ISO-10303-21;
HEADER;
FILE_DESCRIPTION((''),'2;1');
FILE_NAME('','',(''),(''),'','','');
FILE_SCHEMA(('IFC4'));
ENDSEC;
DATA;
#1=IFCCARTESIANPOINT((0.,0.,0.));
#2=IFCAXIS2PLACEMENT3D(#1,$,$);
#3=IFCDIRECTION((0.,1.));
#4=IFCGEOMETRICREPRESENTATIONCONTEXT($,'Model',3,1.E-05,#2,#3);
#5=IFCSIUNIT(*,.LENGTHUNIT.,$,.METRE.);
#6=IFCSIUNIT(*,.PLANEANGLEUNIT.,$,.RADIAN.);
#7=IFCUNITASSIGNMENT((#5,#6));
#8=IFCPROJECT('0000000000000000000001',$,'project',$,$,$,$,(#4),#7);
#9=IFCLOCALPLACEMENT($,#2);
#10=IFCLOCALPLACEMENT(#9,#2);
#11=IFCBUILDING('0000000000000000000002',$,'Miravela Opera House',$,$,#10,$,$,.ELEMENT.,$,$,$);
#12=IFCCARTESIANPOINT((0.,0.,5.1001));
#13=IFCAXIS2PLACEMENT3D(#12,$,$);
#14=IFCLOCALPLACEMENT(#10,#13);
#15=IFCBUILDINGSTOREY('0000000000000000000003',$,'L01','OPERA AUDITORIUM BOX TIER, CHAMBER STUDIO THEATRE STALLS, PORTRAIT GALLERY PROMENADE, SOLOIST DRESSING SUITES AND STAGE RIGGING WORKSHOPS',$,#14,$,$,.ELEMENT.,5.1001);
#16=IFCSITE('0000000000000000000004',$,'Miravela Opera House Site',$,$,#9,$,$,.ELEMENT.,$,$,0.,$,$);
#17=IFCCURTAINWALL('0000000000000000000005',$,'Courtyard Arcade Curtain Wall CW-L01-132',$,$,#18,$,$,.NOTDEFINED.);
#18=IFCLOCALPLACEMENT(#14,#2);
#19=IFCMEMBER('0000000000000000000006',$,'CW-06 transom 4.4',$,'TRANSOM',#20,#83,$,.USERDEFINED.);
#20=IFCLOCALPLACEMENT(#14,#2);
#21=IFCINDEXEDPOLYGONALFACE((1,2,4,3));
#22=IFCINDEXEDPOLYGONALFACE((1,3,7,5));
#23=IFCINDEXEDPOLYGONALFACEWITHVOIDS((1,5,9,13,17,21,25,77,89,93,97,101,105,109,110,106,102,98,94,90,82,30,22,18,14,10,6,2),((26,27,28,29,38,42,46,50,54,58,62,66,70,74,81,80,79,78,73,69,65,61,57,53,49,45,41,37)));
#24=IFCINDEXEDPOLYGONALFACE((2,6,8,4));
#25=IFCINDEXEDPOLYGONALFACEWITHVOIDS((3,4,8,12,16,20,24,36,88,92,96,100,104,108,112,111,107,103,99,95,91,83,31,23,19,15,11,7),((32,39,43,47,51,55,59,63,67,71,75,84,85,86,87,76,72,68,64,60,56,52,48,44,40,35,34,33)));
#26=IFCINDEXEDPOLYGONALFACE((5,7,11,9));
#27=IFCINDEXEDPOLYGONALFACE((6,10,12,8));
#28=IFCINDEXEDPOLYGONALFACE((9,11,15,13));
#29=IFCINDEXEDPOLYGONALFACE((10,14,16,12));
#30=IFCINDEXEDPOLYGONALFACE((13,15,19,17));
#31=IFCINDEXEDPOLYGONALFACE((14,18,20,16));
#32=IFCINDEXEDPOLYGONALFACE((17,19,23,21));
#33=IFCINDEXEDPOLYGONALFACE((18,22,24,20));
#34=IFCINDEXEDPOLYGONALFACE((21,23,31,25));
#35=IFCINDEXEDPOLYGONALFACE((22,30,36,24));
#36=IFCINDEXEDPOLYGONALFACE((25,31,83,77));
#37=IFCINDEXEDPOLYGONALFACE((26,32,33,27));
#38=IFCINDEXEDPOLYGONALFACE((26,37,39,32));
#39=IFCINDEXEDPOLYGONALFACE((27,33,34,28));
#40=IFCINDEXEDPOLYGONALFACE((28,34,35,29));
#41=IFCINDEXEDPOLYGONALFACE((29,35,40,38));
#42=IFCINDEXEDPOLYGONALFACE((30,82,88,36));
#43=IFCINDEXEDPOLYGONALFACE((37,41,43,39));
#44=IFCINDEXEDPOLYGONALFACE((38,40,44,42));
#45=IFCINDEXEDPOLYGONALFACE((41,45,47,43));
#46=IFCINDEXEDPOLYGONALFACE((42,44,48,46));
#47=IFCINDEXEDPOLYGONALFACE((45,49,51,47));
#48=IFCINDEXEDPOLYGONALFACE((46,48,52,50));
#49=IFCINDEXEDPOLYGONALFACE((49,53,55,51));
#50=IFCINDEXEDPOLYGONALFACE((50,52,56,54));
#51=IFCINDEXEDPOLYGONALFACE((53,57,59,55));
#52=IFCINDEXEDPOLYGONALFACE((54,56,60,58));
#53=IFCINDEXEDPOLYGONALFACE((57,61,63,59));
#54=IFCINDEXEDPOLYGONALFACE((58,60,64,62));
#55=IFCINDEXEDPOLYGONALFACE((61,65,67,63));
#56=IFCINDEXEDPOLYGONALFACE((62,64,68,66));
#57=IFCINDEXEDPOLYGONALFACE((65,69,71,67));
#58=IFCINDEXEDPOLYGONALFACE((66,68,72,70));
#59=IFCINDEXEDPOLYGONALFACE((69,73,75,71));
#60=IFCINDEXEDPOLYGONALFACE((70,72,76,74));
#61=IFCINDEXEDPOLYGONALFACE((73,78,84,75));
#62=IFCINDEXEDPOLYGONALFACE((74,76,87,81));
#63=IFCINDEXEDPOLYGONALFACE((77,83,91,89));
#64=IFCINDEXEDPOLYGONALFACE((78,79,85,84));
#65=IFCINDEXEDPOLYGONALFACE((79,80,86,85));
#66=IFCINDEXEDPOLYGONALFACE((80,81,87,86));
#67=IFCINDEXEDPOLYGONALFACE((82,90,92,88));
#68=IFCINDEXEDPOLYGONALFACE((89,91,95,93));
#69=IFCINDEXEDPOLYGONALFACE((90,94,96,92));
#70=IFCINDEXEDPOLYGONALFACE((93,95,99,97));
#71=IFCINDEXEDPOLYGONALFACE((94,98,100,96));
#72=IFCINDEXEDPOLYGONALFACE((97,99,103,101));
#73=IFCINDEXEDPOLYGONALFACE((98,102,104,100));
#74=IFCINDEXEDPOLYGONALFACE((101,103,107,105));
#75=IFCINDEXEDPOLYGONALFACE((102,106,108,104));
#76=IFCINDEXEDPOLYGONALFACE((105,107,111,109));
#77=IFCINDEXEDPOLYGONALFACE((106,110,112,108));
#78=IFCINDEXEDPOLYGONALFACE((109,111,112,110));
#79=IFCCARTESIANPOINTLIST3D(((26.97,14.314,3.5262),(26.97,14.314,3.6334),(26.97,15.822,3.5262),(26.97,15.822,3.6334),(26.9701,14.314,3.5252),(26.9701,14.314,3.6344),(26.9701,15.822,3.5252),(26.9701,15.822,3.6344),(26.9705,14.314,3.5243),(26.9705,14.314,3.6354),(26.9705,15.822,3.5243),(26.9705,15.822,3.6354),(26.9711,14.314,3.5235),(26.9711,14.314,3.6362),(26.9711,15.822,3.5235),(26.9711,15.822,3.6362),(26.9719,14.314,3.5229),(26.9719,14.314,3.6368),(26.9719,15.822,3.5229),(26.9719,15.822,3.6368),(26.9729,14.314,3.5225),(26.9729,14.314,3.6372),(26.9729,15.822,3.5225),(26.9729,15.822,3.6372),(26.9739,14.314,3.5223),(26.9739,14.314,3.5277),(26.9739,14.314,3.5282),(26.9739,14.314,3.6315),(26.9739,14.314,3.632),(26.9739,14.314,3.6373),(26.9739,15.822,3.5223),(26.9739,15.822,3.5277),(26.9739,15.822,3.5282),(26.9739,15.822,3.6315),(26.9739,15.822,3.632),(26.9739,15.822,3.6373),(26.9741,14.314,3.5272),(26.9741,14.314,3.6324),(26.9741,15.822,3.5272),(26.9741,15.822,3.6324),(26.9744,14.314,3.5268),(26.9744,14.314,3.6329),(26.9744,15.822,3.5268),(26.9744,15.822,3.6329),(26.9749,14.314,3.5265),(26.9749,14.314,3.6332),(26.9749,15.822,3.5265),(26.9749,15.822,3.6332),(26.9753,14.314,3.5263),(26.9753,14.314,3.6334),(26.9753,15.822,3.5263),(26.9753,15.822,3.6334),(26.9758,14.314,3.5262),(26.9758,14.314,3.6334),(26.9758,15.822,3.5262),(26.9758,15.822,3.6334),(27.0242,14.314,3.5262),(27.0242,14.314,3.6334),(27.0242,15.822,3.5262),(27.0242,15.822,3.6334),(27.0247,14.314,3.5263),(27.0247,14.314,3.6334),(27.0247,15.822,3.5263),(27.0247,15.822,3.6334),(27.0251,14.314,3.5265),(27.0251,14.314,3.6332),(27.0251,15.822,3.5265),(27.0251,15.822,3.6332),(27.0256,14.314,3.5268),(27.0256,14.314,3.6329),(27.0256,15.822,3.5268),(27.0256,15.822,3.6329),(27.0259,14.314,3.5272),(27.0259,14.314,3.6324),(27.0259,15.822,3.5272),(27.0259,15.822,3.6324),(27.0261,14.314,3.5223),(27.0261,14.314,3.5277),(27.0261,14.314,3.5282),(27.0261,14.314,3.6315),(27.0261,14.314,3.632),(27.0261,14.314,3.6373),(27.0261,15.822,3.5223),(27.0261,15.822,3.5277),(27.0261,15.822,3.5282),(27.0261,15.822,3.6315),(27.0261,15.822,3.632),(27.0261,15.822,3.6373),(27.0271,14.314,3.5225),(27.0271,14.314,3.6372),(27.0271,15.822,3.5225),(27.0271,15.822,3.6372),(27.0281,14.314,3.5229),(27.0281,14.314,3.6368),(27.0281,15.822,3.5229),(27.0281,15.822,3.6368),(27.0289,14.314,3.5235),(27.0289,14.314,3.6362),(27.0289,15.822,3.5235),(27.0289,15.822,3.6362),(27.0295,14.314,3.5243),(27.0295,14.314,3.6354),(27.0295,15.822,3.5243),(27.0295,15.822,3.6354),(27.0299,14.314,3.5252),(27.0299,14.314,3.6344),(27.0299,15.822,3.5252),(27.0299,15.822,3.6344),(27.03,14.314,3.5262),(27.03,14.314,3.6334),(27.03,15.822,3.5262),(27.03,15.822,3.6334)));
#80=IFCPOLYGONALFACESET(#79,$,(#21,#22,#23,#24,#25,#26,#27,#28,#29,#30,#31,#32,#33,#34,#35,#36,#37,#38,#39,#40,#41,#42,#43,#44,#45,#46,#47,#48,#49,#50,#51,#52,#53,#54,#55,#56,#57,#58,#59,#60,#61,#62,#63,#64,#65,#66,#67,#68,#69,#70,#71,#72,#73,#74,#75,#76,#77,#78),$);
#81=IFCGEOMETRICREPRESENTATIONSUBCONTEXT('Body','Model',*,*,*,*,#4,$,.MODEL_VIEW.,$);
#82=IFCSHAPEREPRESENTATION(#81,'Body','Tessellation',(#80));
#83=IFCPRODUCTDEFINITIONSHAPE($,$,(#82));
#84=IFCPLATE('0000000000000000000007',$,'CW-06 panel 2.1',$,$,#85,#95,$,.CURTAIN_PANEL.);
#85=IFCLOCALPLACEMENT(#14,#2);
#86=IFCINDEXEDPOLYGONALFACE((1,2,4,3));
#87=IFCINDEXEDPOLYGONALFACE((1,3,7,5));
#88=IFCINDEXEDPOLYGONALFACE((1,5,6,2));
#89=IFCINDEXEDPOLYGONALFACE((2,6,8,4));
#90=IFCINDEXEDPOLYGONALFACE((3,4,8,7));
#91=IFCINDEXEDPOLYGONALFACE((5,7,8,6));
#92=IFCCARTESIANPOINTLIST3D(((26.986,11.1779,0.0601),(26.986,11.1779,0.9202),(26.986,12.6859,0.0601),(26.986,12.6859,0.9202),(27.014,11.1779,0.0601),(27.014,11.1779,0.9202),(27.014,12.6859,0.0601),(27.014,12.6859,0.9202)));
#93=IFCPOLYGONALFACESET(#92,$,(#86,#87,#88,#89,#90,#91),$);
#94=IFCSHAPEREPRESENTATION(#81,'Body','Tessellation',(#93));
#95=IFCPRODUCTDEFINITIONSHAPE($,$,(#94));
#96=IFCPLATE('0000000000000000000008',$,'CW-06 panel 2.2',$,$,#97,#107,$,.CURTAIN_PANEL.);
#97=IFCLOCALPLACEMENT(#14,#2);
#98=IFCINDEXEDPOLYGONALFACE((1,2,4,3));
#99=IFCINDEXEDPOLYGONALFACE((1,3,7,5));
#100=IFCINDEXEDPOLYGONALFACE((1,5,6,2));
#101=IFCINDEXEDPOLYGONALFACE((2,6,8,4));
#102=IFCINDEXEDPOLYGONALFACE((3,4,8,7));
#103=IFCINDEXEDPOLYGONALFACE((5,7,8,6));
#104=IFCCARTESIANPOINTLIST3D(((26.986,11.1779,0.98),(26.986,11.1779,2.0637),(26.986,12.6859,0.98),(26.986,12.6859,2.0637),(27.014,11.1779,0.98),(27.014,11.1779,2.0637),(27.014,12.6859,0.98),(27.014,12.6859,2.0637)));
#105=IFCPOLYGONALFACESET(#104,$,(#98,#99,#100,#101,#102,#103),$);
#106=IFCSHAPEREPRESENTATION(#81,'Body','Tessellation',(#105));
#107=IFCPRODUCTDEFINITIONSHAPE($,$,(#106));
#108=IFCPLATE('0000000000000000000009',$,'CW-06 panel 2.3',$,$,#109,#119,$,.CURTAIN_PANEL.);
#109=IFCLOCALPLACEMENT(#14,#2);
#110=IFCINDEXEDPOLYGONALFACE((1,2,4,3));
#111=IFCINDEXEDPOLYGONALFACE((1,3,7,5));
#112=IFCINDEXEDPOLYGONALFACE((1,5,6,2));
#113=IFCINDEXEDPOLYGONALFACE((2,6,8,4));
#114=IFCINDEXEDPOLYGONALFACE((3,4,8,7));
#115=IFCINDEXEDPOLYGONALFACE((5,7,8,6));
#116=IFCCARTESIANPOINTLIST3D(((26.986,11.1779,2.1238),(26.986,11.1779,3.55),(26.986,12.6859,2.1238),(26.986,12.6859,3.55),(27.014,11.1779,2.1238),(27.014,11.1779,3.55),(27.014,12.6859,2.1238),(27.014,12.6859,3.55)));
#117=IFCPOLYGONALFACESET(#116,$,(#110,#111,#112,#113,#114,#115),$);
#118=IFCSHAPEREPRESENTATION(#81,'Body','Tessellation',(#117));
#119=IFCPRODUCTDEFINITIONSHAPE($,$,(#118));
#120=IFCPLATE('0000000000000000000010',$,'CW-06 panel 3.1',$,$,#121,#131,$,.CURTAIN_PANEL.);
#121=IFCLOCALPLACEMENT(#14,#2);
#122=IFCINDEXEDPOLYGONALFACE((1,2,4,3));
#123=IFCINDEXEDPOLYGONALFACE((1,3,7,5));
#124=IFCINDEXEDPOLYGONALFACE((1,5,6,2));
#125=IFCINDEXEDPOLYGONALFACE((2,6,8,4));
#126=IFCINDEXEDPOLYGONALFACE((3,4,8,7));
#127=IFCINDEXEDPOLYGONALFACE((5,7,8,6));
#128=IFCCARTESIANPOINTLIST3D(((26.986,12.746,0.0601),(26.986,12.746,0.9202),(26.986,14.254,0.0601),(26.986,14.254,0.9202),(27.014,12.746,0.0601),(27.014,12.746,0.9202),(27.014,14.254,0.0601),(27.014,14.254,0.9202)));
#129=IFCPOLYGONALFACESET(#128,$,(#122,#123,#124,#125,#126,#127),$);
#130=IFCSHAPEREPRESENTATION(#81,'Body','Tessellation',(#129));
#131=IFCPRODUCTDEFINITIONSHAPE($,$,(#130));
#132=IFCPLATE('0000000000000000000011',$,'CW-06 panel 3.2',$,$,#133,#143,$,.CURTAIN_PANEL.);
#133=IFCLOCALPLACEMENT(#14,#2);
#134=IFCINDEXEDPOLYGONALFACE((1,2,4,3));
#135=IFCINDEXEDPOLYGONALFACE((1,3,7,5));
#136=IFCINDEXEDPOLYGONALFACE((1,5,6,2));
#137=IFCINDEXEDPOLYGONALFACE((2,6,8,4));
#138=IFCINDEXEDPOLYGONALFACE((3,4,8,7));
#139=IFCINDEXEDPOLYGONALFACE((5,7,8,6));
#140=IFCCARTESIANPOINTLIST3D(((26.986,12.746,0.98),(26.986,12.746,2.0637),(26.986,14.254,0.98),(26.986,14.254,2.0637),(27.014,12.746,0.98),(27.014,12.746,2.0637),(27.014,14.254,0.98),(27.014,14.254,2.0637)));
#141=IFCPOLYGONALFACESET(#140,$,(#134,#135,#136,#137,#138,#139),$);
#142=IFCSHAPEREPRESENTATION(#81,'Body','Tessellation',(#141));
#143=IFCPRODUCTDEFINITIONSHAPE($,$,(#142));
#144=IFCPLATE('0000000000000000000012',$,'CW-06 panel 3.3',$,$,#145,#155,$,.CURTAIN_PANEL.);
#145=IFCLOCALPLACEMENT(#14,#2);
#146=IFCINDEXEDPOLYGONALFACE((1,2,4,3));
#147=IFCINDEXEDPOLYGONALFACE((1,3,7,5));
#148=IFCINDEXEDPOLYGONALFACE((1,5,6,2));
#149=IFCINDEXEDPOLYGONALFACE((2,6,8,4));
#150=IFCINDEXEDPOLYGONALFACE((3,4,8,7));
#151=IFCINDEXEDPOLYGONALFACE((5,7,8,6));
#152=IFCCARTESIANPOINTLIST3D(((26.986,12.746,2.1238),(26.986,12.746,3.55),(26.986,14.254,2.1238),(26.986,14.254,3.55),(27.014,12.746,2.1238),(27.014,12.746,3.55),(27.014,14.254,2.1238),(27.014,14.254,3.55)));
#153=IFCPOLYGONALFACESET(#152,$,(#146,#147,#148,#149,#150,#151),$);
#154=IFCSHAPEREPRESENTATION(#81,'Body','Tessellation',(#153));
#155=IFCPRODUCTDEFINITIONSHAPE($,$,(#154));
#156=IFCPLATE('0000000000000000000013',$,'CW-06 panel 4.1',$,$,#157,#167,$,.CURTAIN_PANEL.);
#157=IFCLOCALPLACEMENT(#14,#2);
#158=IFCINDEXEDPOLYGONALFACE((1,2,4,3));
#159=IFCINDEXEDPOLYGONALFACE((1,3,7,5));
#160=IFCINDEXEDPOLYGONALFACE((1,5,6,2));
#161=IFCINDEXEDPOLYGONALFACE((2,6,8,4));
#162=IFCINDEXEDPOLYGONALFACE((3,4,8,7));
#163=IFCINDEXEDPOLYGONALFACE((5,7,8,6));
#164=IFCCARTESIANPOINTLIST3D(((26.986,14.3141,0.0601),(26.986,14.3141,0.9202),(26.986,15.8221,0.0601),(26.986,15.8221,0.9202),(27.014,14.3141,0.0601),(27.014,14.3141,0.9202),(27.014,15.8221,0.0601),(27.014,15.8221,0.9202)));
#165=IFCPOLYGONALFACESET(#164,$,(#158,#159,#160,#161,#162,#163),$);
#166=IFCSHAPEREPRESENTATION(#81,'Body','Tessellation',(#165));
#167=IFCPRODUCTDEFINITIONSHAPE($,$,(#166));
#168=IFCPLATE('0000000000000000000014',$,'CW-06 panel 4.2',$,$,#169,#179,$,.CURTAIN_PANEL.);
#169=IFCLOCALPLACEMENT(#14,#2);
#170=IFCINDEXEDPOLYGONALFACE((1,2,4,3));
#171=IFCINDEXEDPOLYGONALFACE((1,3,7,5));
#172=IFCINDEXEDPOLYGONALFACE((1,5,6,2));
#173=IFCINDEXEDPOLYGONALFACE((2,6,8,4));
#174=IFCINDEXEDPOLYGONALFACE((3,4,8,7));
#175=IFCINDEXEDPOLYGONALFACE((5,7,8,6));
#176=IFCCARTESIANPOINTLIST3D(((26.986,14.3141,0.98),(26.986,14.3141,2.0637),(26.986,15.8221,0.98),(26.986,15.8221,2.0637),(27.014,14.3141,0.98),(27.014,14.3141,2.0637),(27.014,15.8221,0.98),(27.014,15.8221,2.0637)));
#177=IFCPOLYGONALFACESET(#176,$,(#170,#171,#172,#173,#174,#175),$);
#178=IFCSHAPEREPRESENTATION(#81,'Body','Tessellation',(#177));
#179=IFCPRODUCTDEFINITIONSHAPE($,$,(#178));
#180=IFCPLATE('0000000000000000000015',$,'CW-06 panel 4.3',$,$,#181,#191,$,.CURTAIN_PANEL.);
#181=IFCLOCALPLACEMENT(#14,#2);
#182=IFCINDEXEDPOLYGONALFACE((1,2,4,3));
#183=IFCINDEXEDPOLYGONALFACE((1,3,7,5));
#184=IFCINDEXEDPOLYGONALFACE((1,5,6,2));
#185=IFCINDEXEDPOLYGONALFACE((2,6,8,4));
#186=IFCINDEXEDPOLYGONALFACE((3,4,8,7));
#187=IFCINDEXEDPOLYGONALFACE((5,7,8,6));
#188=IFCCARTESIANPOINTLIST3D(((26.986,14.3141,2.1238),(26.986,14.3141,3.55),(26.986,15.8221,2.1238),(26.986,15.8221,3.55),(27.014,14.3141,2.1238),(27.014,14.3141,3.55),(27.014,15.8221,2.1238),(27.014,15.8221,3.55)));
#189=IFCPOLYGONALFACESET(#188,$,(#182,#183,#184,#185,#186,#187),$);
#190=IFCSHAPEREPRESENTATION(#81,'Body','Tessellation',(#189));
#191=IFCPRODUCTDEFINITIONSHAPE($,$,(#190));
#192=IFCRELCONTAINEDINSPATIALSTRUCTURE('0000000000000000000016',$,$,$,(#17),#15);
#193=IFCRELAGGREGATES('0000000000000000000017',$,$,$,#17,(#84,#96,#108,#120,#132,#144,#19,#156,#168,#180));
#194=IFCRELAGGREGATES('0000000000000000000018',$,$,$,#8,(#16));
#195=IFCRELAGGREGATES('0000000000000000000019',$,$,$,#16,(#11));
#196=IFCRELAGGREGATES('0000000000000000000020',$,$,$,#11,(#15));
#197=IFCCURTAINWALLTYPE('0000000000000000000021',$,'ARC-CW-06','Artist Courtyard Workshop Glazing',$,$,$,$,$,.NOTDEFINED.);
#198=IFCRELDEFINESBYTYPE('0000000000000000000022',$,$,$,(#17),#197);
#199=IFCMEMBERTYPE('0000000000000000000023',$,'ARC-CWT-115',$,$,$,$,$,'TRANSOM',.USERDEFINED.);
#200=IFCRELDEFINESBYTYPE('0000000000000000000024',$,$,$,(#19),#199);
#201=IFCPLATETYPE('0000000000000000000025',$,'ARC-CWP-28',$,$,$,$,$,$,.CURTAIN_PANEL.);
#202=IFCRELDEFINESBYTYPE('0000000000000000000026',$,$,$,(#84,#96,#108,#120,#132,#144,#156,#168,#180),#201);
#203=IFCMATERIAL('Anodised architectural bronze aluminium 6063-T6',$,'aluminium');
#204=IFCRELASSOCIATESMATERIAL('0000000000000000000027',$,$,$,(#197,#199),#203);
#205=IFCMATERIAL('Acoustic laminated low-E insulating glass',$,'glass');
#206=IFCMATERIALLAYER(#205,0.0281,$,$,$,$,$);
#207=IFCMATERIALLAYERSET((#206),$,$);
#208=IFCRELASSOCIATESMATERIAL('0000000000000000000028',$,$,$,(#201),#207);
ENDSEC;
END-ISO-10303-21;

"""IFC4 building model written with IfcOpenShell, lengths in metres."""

from ifc_helpers import new_model, si_unit, direction, frame, origin, origin_2d, place, context, subcontext, project, spatial, rectangle, hollow_rectangle, extrude, material, layer, layer_set, material_profile, profile_set, type_object, element, aggregate, save


model = new_model("IFC4")

# Units and contexts
model_context = context("Model", 3, precision=1e-05, world=origin(), true_north=direction((0.0, 1.0)))
body_context = subcontext(model_context, "Body", "Model", "MODEL_VIEW")
ifc_project = project(units=[si_unit("LENGTHUNIT", "METRE"), si_unit("PLANEANGLEUNIT", "RADIAN")], contexts=[model_context])

# Site, building, storey
site_placement = place(None, origin())
site = spatial("IfcSite", under=ifc_project, at=site_placement, Name="Miravela Opera House Site", CompositionType="ELEMENT", RefElevation=0.0)
building_placement = place(site_placement, origin())
building = spatial("IfcBuilding", under=site, at=building_placement, Name="Miravela Opera House", CompositionType="ELEMENT")
storey_placement = place(building_placement, frame((0.0, 0.0, 5.1001)))
storey = spatial("IfcBuildingStorey", under=building, at=storey_placement, Name="L01", Description="OPERA AUDITORIUM BOX TIER, CHAMBER STUDIO THEATRE STALLS, PORTRAIT GALLERY PROMENADE, SOLOIST DRESSING SUITES AND STAGE RIGGING WORKSHOPS", CompositionType="ELEMENT", Elevation=5.1001)

# Curtain wall, member, plates
ifc_material_1 = material(Name="Anodised architectural bronze aluminium 6063-T6", Category="aluminium")
curtain_wall_type = type_object("IfcCurtainWallType", Name="ARC-CW-06", Description="Artist Courtyard Workshop Glazing", PredefinedType="NOTDEFINED", material=ifc_material_1)
curtain_wall_placement = place(storey_placement, origin())
curtain_wall = element("IfcCurtainWall", 1, at=curtain_wall_placement, inside=storey, type_object=curtain_wall_type, Name="Courtyard Arcade Curtain Wall CW-L01-132", PredefinedType="NOTDEFINED")
ifc_material_profile_1 = material_profile(ifc_material_1, hollow_rectangle(XDim=0.0601, YDim=0.115, WallThickness=0.0039, InnerFilletRadius=0.002, OuterFilletRadius=0.0039, at=origin_2d()), Name="CWT-60X115")
ifc_profile_set_1 = profile_set([ifc_material_profile_1])
member_type_1 = type_object("IfcMemberType", Name="ARC-CWT-115", ElementType="TRANSOM", PredefinedType="USERDEFINED", material=ifc_profile_set_1)
member_1_placement = place(storey_placement, frame((27.0, 14.314, 3.5798), z_axis=(0.0, 1.0, 0.0), x_axis=(-1.0, 0.0, 0.0)))
member_1 = element("IfcMember", 2, at=member_1_placement, type_object=member_type_1, Name="CW-06 transom 4.4", ObjectType="TRANSOM", PredefinedType="USERDEFINED", context=body_context, shape_type="SweptSolid", body=[
    extrude(hollow_rectangle(XDim=0.0601, YDim=0.115, WallThickness=0.0039, InnerFilletRadius=0.002, OuterFilletRadius=0.0039, at=origin_2d()), origin(), (0.0, 0.0, 1.0), 1.5081),
])
ifc_material_2 = material(Name="Acoustic laminated low-E insulating glass", Category="glass")
ifc_layer = layer(ifc_material_2, 0.0281)
ifc_layer_set = layer_set([ifc_layer])
plate_type = type_object("IfcPlateType", Name="ARC-CWP-28", PredefinedType="CURTAIN_PANEL", material=ifc_layer_set)
plate_1_placement = place(storey_placement, frame((27.0, 11.9319, 0.0601), z_axis=(0.0, 0.0, 1.0), x_axis=(0.0, 1.0, 0.0)))
plate_1 = element("IfcPlate", 3, at=plate_1_placement, type_object=plate_type, Name="CW-06 panel 2.1", PredefinedType="CURTAIN_PANEL", context=body_context, shape_type="SweptSolid", body=[
    extrude(rectangle(XDim=1.5081, YDim=0.0281, at=origin_2d()), origin(), (0.0, 0.0, 1.0), 0.8601),
])
plate_2_placement = place(storey_placement, frame((27.0, 11.9319, 0.98), z_axis=(0.0, 0.0, 1.0), x_axis=(0.0, 1.0, 0.0)))
plate_2 = element("IfcPlate", 4, at=plate_2_placement, type_object=plate_type, Name="CW-06 panel 2.2", PredefinedType="CURTAIN_PANEL", context=body_context, shape_type="SweptSolid", body=[
    extrude(rectangle(XDim=1.5081, YDim=0.0281, at=origin_2d()), origin(), (0.0, 0.0, 1.0), 1.0837),
])
plate_3_placement = place(storey_placement, frame((27.0, 11.9319, 2.1238), z_axis=(0.0, 0.0, 1.0), x_axis=(0.0, 1.0, 0.0)))
plate_3 = element("IfcPlate", 5, at=plate_3_placement, type_object=plate_type, Name="CW-06 panel 2.3", PredefinedType="CURTAIN_PANEL", context=body_context, shape_type="SweptSolid", body=[
    extrude(rectangle(XDim=1.5081, YDim=0.0281, at=origin_2d()), origin(), (0.0, 0.0, 1.0), 1.4263),
])
plate_4_placement = place(storey_placement, frame((27.0, 13.5, 0.0601), z_axis=(0.0, 0.0, 1.0), x_axis=(0.0, 1.0, 0.0)))
plate_4 = element("IfcPlate", 6, at=plate_4_placement, type_object=plate_type, Name="CW-06 panel 3.1", PredefinedType="CURTAIN_PANEL", context=body_context, shape_type="SweptSolid", body=[
    extrude(rectangle(XDim=1.5081, YDim=0.0281, at=origin_2d()), origin(), (0.0, 0.0, 1.0), 0.8601),
])
plate_5_placement = place(storey_placement, frame((27.0, 13.5, 0.98), z_axis=(0.0, 0.0, 1.0), x_axis=(0.0, 1.0, 0.0)))
plate_5 = element("IfcPlate", 7, at=plate_5_placement, type_object=plate_type, Name="CW-06 panel 3.2", PredefinedType="CURTAIN_PANEL", context=body_context, shape_type="SweptSolid", body=[
    extrude(rectangle(XDim=1.5081, YDim=0.0281, at=origin_2d()), origin(), (0.0, 0.0, 1.0), 1.0837),
])
plate_6_placement = place(storey_placement, frame((27.0, 13.5, 2.1238), z_axis=(0.0, 0.0, 1.0), x_axis=(0.0, 1.0, 0.0)))
plate_6 = element("IfcPlate", 8, at=plate_6_placement, type_object=plate_type, Name="CW-06 panel 3.3", PredefinedType="CURTAIN_PANEL", context=body_context, shape_type="SweptSolid", body=[
    extrude(rectangle(XDim=1.5081, YDim=0.0281, at=origin_2d()), origin(), (0.0, 0.0, 1.0), 1.4263),
])
plate_7_placement = place(storey_placement, frame((27.0, 15.0681, 0.0601), z_axis=(0.0, 0.0, 1.0), x_axis=(0.0, 1.0, 0.0)))
plate_7 = element("IfcPlate", 9, at=plate_7_placement, type_object=plate_type, Name="CW-06 panel 4.1", PredefinedType="CURTAIN_PANEL", context=body_context, shape_type="SweptSolid", body=[
    extrude(rectangle(XDim=1.5081, YDim=0.0281, at=origin_2d()), origin(), (0.0, 0.0, 1.0), 0.8601),
])
plate_8_placement = place(storey_placement, frame((27.0, 15.0681, 0.98), z_axis=(0.0, 0.0, 1.0), x_axis=(0.0, 1.0, 0.0)))
plate_8 = element("IfcPlate", 10, at=plate_8_placement, type_object=plate_type, Name="CW-06 panel 4.2", PredefinedType="CURTAIN_PANEL", context=body_context, shape_type="SweptSolid", body=[
    extrude(rectangle(XDim=1.5081, YDim=0.0281, at=origin_2d()), origin(), (0.0, 0.0, 1.0), 1.0837),
])
plate_9_placement = place(storey_placement, frame((27.0, 15.0681, 2.1238), z_axis=(0.0, 0.0, 1.0), x_axis=(0.0, 1.0, 0.0)))
plate_9 = element("IfcPlate", 11, at=plate_9_placement, type_object=plate_type, Name="CW-06 panel 4.3", PredefinedType="CURTAIN_PANEL", context=body_context, shape_type="SweptSolid", body=[
    extrude(rectangle(XDim=1.5081, YDim=0.0281, at=origin_2d()), origin(), (0.0, 0.0, 1.0), 1.4263),
])
aggregate(curtain_wall, [plate_1, plate_2, plate_3, plate_4, plate_5, plate_6, member_1, plate_7, plate_8, plate_9])

save(model, "model.ifc")
